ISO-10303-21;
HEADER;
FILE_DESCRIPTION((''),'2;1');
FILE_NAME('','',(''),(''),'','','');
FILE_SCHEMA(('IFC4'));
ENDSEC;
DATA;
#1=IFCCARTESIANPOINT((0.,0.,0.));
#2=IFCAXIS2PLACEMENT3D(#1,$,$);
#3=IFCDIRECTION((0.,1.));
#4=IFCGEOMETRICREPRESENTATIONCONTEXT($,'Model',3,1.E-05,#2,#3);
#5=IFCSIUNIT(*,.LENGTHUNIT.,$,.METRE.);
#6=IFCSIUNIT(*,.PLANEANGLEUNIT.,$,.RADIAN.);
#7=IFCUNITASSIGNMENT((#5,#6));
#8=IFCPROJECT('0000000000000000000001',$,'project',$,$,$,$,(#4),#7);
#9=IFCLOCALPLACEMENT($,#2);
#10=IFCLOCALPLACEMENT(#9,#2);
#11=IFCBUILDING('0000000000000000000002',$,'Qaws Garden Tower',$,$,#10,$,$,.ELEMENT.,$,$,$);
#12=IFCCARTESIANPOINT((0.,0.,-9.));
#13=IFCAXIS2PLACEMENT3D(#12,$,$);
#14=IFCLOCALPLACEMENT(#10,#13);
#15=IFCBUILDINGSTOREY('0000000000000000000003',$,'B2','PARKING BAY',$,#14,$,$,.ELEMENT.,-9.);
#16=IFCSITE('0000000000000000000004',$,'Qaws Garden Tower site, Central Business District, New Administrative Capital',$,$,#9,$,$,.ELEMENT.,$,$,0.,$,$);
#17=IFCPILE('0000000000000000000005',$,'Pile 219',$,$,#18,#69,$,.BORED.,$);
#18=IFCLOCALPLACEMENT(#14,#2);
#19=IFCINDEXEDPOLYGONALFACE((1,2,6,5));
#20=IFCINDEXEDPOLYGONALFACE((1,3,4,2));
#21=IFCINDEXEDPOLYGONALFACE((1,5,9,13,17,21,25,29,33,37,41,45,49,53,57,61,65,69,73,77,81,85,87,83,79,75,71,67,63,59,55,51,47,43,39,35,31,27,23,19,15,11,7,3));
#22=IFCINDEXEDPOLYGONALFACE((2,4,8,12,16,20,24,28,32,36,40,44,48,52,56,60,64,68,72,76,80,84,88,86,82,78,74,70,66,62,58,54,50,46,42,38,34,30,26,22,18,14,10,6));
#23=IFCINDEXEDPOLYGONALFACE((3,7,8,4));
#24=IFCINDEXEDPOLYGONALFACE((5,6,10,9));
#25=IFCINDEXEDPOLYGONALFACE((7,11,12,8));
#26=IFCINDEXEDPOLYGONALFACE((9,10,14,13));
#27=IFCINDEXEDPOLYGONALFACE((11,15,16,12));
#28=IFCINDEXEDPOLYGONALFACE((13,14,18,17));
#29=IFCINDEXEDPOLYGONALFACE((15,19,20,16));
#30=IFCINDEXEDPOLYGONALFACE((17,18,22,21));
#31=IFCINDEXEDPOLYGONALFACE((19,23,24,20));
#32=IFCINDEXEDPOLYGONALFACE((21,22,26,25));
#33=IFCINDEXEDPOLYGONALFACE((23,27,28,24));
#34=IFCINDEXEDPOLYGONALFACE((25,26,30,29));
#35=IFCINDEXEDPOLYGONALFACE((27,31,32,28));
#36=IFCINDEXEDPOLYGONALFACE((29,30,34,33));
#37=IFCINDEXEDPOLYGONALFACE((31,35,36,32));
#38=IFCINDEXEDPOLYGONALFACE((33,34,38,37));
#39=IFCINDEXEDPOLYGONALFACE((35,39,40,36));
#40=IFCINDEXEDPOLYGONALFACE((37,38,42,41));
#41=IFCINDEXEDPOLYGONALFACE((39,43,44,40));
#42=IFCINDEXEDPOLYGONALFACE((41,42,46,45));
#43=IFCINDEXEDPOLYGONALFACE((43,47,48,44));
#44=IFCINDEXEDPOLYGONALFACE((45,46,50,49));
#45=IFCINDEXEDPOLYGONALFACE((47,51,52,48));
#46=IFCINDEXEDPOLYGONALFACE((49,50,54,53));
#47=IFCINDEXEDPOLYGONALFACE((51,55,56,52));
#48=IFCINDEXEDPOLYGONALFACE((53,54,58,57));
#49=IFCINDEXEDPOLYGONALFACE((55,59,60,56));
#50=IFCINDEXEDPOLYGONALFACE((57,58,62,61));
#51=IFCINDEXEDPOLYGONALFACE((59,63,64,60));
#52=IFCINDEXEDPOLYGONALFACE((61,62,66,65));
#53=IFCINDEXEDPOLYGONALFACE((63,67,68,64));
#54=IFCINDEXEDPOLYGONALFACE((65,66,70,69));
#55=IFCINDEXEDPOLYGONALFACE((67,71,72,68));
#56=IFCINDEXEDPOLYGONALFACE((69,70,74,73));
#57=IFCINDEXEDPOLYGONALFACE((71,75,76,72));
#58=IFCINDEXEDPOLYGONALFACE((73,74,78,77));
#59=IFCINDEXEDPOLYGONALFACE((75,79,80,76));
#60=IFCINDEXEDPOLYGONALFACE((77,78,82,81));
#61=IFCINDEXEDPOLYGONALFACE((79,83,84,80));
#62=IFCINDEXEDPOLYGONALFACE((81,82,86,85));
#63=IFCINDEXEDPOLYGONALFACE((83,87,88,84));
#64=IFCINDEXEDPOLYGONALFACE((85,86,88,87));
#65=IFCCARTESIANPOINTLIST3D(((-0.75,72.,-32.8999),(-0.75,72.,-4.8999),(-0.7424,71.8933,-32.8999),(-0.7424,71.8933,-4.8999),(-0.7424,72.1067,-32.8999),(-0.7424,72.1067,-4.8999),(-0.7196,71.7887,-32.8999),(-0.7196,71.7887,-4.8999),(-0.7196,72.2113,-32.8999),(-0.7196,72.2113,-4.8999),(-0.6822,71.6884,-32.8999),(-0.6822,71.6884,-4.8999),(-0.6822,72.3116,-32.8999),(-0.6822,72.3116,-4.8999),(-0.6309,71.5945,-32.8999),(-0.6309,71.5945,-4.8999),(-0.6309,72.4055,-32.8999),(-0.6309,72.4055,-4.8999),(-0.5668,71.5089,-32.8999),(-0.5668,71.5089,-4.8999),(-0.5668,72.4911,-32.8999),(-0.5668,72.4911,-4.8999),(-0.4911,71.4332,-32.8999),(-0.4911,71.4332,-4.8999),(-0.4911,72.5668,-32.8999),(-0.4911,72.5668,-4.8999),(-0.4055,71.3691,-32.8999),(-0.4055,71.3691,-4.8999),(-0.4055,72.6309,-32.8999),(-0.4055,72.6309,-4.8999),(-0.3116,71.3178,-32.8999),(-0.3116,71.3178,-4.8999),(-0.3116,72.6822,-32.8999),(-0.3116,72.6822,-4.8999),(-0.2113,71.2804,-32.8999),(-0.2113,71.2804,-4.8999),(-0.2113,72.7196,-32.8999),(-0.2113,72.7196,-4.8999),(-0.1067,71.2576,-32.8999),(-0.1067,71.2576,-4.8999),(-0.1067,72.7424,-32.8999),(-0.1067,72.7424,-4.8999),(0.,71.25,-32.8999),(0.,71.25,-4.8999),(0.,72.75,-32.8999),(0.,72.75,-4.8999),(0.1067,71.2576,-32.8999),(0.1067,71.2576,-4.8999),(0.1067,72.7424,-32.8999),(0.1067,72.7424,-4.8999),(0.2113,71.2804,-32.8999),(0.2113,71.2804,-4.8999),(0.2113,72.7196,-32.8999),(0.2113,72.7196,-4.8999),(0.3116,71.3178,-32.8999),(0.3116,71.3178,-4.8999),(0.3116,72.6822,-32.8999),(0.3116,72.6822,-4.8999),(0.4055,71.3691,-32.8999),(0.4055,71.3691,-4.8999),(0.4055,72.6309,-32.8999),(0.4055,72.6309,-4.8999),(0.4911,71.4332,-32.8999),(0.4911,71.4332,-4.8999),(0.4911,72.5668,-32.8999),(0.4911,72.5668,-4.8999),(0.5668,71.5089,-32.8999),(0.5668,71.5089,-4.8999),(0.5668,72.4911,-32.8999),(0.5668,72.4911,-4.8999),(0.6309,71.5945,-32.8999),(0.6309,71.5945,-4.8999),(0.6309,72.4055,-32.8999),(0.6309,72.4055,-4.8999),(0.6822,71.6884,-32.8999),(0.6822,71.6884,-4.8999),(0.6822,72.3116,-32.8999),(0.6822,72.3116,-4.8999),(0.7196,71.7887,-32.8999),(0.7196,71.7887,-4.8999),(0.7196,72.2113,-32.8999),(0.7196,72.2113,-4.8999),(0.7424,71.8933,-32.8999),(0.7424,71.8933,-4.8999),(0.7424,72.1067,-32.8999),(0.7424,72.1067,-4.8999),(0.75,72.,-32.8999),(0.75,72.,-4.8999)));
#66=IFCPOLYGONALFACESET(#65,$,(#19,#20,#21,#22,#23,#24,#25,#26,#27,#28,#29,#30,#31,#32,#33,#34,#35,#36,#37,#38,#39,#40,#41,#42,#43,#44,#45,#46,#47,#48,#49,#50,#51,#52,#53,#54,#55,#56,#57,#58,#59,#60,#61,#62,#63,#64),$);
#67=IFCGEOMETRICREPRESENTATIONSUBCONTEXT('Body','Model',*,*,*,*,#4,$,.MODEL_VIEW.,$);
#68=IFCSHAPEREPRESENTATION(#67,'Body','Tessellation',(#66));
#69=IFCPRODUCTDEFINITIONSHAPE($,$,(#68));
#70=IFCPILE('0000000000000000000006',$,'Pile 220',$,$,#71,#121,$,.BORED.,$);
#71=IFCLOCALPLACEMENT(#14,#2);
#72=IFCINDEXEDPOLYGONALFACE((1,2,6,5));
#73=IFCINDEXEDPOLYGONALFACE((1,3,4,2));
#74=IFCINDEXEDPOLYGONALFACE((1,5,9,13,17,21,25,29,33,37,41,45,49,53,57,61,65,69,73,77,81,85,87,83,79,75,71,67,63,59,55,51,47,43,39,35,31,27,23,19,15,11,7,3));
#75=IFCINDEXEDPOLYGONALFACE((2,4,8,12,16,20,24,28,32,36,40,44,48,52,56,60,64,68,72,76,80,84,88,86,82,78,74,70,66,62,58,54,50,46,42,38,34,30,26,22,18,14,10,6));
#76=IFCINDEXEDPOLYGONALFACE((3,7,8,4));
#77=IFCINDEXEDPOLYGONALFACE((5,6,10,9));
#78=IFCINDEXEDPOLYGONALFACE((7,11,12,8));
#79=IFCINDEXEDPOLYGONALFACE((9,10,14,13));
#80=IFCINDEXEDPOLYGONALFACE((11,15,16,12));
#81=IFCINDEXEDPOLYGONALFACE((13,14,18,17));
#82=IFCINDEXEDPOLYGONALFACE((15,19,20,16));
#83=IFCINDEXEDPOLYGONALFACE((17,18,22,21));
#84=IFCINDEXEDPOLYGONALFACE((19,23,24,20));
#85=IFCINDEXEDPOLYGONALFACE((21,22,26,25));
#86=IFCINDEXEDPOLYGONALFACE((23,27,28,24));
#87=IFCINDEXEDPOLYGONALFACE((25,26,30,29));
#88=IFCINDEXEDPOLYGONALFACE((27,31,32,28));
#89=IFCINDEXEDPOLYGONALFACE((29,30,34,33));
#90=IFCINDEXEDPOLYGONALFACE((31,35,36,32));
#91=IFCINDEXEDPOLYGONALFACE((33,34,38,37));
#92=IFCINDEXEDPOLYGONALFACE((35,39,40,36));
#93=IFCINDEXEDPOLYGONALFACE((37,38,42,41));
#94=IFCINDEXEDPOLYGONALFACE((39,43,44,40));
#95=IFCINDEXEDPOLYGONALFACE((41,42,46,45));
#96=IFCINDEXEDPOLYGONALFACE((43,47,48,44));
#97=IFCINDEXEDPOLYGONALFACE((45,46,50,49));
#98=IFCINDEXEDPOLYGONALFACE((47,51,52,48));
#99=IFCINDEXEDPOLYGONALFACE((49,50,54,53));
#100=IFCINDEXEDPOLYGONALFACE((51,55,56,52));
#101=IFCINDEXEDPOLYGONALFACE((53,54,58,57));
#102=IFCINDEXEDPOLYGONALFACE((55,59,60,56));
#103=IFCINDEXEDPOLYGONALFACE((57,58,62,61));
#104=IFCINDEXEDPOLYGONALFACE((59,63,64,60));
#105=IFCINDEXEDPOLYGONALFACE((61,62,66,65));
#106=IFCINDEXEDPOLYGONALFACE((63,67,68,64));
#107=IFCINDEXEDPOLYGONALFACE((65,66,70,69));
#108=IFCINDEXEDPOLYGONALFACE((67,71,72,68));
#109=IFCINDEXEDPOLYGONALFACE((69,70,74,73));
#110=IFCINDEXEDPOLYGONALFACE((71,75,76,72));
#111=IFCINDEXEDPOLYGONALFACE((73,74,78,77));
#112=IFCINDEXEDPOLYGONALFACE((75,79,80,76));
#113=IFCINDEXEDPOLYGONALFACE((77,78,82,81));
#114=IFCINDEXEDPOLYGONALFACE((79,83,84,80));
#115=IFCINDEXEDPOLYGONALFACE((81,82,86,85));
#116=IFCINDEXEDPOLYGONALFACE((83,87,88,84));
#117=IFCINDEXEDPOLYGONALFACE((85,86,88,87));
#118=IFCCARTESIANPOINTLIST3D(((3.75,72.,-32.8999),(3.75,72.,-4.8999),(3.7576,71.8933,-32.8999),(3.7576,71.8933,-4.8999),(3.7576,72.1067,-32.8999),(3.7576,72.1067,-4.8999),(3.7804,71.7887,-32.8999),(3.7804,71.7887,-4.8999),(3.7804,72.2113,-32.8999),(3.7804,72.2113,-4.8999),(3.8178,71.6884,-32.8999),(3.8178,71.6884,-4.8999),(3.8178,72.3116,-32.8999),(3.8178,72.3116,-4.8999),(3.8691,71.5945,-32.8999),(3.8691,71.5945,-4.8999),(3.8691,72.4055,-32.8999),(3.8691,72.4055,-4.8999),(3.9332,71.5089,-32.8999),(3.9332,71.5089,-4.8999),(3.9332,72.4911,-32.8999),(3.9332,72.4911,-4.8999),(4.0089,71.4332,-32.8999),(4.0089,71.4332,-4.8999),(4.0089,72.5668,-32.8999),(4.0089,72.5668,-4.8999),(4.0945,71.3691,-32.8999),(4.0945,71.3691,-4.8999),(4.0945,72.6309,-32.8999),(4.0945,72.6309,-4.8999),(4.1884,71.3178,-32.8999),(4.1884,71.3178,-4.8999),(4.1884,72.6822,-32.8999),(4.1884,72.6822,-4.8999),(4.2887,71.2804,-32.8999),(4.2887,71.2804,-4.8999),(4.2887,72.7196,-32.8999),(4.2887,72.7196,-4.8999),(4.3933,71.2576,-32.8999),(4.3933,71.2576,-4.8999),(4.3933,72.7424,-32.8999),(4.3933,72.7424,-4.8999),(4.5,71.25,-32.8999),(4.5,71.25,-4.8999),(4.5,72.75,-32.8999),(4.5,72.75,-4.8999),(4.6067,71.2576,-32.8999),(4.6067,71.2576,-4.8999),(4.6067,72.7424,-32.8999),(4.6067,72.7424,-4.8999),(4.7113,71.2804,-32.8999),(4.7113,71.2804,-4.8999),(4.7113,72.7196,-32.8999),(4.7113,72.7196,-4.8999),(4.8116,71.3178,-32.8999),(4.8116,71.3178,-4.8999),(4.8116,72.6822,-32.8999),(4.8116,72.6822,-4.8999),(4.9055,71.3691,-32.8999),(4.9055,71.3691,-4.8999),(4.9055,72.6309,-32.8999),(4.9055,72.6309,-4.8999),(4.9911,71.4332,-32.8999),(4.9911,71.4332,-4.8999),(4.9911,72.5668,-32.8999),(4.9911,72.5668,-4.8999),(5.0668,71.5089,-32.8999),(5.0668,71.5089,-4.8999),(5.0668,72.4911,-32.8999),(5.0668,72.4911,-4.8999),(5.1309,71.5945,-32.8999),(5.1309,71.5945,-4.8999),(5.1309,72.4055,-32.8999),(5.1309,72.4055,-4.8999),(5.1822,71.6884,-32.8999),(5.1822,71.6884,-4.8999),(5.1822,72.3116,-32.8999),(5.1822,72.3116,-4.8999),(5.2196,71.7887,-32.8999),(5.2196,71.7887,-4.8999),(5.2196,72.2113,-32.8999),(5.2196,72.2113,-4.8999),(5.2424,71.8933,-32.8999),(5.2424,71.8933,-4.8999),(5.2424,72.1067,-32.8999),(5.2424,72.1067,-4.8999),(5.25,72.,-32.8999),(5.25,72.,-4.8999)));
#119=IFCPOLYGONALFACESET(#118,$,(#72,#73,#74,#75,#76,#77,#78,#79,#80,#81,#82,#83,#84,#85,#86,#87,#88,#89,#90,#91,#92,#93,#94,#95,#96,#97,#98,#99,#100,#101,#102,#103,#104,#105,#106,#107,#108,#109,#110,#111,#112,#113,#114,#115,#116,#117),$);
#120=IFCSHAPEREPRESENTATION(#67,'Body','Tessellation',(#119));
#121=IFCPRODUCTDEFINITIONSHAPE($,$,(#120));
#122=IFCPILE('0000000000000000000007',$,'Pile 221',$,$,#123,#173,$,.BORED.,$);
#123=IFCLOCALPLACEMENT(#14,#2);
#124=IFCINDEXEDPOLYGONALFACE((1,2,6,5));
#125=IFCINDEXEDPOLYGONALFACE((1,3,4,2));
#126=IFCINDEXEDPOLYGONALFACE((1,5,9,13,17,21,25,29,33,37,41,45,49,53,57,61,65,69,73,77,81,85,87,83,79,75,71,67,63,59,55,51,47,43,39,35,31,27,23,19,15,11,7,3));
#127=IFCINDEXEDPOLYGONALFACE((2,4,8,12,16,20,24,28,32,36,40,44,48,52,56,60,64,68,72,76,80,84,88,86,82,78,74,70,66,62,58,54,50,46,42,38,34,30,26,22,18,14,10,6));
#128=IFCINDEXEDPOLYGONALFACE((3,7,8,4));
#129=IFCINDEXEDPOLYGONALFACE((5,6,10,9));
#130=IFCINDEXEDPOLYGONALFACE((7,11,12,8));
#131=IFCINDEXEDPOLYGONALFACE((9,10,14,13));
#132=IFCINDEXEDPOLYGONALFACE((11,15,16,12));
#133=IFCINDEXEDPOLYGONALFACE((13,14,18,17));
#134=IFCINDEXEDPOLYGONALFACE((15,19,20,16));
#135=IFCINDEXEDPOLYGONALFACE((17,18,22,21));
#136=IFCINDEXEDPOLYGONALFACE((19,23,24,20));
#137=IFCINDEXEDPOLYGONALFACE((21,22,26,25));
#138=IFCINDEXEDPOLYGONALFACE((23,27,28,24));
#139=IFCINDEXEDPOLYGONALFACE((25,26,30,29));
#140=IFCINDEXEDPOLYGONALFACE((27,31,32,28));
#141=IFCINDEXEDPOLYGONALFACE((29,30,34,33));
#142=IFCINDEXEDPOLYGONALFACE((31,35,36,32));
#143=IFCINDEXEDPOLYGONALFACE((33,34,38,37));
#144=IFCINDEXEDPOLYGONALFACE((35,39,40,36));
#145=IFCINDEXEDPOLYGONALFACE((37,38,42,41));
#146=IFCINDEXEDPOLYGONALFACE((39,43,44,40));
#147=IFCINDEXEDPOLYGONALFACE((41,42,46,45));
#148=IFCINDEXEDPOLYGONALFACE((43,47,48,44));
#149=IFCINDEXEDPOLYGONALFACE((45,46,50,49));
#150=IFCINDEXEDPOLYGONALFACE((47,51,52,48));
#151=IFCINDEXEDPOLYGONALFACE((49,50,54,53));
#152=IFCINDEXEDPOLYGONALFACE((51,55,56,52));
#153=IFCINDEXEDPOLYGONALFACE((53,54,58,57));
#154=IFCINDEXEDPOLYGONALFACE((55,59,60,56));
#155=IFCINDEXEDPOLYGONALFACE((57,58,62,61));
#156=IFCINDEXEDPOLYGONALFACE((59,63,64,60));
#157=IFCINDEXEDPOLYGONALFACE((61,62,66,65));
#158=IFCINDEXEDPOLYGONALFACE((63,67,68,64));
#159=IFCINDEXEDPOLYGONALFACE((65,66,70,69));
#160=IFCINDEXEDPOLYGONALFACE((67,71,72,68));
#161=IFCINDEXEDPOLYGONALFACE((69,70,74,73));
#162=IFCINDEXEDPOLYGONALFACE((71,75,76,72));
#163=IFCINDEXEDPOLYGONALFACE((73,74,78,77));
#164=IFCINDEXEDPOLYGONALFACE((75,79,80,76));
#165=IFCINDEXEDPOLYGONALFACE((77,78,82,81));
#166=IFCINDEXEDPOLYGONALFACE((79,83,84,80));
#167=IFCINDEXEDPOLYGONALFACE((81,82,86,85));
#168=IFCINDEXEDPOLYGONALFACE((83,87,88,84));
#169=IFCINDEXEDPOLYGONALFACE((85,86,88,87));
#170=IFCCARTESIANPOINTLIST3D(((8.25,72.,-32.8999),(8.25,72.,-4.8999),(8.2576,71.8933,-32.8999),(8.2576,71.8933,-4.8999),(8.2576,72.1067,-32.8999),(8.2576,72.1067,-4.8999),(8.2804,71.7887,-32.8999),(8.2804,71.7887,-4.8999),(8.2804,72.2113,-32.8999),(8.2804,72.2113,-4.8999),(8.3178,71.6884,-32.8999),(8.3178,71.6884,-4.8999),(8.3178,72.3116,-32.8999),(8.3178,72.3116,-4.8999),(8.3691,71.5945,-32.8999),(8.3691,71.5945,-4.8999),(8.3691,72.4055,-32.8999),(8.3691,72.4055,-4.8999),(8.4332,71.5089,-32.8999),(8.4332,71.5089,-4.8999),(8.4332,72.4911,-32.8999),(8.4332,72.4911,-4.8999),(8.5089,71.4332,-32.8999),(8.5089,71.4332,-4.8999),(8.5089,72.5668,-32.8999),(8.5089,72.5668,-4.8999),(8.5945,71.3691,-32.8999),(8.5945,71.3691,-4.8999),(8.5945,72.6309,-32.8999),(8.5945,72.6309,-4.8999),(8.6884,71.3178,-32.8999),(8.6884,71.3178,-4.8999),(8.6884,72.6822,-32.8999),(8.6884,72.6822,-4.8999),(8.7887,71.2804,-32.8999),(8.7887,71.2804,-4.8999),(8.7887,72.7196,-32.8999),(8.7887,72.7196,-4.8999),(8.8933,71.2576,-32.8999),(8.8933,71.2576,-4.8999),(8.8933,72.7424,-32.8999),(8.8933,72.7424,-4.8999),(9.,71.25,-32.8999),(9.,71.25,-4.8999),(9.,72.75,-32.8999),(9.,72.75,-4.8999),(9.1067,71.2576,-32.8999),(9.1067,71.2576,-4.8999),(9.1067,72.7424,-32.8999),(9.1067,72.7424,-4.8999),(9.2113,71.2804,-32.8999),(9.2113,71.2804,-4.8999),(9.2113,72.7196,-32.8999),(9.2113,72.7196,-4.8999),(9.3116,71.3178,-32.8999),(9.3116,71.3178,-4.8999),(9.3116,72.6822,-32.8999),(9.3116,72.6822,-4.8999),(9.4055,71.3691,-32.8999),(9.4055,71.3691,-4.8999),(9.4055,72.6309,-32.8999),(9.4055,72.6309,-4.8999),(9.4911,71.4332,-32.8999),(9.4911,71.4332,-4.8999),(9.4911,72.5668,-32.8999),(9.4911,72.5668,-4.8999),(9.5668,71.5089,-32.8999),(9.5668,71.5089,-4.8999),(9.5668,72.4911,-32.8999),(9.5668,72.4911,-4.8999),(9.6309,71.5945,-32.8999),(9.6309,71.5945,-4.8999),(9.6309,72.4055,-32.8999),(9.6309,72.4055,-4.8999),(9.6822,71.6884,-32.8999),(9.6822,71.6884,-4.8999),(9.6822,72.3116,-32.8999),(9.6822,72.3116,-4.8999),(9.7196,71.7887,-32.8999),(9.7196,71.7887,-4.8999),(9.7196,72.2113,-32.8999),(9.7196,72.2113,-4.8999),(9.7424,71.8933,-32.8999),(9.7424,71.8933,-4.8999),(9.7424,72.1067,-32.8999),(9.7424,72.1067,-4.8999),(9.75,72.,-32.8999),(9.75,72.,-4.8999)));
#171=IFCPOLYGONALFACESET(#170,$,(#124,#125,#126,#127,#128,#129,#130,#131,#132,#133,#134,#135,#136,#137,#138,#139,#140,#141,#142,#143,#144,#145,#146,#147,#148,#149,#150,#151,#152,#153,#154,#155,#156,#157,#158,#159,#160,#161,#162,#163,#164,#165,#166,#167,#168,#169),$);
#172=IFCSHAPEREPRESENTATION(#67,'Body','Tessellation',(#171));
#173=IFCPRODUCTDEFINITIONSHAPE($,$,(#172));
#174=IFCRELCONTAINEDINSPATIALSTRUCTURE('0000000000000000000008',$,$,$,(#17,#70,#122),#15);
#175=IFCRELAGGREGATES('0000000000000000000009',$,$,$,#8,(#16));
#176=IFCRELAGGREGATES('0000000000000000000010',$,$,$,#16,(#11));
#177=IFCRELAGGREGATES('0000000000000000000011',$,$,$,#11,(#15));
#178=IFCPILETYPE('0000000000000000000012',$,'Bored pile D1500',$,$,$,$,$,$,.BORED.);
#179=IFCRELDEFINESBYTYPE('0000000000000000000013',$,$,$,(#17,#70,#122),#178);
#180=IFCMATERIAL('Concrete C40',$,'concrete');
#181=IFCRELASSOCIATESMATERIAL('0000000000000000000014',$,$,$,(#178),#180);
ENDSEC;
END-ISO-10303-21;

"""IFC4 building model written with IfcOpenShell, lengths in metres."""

from ifc_helpers import new_model, si_unit, direction, frame, origin, origin_2d, place, context, subcontext, project, spatial, circle, extrude, material, material_profile, profile_set, type_object, element, save


model = new_model("IFC4")

# Units and contexts
model_context = context("Model", 3, precision=1e-05, world=origin(), true_north=direction((0.0, 1.0)))
body_context = subcontext(model_context, "Body", "Model", "MODEL_VIEW")
ifc_project = project(units=[si_unit("LENGTHUNIT", "METRE"), si_unit("PLANEANGLEUNIT", "RADIAN")], contexts=[model_context])

# Site, building, storey
site_placement = place(None, origin())
site = spatial("IfcSite", under=ifc_project, at=site_placement, Name="Qaws Garden Tower site, Central Business District, New Administrative Capital", CompositionType="ELEMENT", RefElevation=0.0)
building_placement = place(site_placement, origin())
building = spatial("IfcBuilding", under=site, at=building_placement, Name="Qaws Garden Tower", CompositionType="ELEMENT")
storey_placement = place(building_placement, frame((0.0, 0.0, -9.0)))
storey = spatial("IfcBuildingStorey", under=building, at=storey_placement, Name="B2", Description="PARKING BAY", CompositionType="ELEMENT", Elevation=-9.0)

# Piles
ifc_material_1 = material(Name="Concrete C40", Category="concrete")
ifc_material_profile_1 = material_profile(ifc_material_1, circle(Radius=0.75, at=origin_2d()), Name="Bored pile D1500")
ifc_profile_set_1 = profile_set([ifc_material_profile_1], Name="Concrete C40")
pile_type = type_object("IfcPileType", Name="Bored pile D1500", PredefinedType="BORED", material=ifc_profile_set_1)
for number, where, z_axis, x_axis, name in (
    (1, (0.0, 72.0, -4.8999), (0.0, 0.0, -1.0), (1.0, 0.0, 0.0), "Pile 219"),
    (2, (4.5, 72.0, -4.8999), (0.0, 0.0, -1.0), (1.0, 0.0, 0.0), "Pile 220"),
    (3, (9.0, 72.0, -4.8999), (0.0, 0.0, -1.0), (1.0, 0.0, 0.0), "Pile 221"),
):
    element("IfcPile", number, at=place(storey_placement, frame(where, z_axis=z_axis, x_axis=x_axis)), inside=storey, type_object=pile_type, Name=name, PredefinedType="BORED", context=body_context, shape_type="SweptSolid", body=[
        extrude(circle(Radius=0.75, at=origin_2d()), origin(), (0.0, 0.0, 1.0), 28.0),
    ])

save(model, "model.ifc")
